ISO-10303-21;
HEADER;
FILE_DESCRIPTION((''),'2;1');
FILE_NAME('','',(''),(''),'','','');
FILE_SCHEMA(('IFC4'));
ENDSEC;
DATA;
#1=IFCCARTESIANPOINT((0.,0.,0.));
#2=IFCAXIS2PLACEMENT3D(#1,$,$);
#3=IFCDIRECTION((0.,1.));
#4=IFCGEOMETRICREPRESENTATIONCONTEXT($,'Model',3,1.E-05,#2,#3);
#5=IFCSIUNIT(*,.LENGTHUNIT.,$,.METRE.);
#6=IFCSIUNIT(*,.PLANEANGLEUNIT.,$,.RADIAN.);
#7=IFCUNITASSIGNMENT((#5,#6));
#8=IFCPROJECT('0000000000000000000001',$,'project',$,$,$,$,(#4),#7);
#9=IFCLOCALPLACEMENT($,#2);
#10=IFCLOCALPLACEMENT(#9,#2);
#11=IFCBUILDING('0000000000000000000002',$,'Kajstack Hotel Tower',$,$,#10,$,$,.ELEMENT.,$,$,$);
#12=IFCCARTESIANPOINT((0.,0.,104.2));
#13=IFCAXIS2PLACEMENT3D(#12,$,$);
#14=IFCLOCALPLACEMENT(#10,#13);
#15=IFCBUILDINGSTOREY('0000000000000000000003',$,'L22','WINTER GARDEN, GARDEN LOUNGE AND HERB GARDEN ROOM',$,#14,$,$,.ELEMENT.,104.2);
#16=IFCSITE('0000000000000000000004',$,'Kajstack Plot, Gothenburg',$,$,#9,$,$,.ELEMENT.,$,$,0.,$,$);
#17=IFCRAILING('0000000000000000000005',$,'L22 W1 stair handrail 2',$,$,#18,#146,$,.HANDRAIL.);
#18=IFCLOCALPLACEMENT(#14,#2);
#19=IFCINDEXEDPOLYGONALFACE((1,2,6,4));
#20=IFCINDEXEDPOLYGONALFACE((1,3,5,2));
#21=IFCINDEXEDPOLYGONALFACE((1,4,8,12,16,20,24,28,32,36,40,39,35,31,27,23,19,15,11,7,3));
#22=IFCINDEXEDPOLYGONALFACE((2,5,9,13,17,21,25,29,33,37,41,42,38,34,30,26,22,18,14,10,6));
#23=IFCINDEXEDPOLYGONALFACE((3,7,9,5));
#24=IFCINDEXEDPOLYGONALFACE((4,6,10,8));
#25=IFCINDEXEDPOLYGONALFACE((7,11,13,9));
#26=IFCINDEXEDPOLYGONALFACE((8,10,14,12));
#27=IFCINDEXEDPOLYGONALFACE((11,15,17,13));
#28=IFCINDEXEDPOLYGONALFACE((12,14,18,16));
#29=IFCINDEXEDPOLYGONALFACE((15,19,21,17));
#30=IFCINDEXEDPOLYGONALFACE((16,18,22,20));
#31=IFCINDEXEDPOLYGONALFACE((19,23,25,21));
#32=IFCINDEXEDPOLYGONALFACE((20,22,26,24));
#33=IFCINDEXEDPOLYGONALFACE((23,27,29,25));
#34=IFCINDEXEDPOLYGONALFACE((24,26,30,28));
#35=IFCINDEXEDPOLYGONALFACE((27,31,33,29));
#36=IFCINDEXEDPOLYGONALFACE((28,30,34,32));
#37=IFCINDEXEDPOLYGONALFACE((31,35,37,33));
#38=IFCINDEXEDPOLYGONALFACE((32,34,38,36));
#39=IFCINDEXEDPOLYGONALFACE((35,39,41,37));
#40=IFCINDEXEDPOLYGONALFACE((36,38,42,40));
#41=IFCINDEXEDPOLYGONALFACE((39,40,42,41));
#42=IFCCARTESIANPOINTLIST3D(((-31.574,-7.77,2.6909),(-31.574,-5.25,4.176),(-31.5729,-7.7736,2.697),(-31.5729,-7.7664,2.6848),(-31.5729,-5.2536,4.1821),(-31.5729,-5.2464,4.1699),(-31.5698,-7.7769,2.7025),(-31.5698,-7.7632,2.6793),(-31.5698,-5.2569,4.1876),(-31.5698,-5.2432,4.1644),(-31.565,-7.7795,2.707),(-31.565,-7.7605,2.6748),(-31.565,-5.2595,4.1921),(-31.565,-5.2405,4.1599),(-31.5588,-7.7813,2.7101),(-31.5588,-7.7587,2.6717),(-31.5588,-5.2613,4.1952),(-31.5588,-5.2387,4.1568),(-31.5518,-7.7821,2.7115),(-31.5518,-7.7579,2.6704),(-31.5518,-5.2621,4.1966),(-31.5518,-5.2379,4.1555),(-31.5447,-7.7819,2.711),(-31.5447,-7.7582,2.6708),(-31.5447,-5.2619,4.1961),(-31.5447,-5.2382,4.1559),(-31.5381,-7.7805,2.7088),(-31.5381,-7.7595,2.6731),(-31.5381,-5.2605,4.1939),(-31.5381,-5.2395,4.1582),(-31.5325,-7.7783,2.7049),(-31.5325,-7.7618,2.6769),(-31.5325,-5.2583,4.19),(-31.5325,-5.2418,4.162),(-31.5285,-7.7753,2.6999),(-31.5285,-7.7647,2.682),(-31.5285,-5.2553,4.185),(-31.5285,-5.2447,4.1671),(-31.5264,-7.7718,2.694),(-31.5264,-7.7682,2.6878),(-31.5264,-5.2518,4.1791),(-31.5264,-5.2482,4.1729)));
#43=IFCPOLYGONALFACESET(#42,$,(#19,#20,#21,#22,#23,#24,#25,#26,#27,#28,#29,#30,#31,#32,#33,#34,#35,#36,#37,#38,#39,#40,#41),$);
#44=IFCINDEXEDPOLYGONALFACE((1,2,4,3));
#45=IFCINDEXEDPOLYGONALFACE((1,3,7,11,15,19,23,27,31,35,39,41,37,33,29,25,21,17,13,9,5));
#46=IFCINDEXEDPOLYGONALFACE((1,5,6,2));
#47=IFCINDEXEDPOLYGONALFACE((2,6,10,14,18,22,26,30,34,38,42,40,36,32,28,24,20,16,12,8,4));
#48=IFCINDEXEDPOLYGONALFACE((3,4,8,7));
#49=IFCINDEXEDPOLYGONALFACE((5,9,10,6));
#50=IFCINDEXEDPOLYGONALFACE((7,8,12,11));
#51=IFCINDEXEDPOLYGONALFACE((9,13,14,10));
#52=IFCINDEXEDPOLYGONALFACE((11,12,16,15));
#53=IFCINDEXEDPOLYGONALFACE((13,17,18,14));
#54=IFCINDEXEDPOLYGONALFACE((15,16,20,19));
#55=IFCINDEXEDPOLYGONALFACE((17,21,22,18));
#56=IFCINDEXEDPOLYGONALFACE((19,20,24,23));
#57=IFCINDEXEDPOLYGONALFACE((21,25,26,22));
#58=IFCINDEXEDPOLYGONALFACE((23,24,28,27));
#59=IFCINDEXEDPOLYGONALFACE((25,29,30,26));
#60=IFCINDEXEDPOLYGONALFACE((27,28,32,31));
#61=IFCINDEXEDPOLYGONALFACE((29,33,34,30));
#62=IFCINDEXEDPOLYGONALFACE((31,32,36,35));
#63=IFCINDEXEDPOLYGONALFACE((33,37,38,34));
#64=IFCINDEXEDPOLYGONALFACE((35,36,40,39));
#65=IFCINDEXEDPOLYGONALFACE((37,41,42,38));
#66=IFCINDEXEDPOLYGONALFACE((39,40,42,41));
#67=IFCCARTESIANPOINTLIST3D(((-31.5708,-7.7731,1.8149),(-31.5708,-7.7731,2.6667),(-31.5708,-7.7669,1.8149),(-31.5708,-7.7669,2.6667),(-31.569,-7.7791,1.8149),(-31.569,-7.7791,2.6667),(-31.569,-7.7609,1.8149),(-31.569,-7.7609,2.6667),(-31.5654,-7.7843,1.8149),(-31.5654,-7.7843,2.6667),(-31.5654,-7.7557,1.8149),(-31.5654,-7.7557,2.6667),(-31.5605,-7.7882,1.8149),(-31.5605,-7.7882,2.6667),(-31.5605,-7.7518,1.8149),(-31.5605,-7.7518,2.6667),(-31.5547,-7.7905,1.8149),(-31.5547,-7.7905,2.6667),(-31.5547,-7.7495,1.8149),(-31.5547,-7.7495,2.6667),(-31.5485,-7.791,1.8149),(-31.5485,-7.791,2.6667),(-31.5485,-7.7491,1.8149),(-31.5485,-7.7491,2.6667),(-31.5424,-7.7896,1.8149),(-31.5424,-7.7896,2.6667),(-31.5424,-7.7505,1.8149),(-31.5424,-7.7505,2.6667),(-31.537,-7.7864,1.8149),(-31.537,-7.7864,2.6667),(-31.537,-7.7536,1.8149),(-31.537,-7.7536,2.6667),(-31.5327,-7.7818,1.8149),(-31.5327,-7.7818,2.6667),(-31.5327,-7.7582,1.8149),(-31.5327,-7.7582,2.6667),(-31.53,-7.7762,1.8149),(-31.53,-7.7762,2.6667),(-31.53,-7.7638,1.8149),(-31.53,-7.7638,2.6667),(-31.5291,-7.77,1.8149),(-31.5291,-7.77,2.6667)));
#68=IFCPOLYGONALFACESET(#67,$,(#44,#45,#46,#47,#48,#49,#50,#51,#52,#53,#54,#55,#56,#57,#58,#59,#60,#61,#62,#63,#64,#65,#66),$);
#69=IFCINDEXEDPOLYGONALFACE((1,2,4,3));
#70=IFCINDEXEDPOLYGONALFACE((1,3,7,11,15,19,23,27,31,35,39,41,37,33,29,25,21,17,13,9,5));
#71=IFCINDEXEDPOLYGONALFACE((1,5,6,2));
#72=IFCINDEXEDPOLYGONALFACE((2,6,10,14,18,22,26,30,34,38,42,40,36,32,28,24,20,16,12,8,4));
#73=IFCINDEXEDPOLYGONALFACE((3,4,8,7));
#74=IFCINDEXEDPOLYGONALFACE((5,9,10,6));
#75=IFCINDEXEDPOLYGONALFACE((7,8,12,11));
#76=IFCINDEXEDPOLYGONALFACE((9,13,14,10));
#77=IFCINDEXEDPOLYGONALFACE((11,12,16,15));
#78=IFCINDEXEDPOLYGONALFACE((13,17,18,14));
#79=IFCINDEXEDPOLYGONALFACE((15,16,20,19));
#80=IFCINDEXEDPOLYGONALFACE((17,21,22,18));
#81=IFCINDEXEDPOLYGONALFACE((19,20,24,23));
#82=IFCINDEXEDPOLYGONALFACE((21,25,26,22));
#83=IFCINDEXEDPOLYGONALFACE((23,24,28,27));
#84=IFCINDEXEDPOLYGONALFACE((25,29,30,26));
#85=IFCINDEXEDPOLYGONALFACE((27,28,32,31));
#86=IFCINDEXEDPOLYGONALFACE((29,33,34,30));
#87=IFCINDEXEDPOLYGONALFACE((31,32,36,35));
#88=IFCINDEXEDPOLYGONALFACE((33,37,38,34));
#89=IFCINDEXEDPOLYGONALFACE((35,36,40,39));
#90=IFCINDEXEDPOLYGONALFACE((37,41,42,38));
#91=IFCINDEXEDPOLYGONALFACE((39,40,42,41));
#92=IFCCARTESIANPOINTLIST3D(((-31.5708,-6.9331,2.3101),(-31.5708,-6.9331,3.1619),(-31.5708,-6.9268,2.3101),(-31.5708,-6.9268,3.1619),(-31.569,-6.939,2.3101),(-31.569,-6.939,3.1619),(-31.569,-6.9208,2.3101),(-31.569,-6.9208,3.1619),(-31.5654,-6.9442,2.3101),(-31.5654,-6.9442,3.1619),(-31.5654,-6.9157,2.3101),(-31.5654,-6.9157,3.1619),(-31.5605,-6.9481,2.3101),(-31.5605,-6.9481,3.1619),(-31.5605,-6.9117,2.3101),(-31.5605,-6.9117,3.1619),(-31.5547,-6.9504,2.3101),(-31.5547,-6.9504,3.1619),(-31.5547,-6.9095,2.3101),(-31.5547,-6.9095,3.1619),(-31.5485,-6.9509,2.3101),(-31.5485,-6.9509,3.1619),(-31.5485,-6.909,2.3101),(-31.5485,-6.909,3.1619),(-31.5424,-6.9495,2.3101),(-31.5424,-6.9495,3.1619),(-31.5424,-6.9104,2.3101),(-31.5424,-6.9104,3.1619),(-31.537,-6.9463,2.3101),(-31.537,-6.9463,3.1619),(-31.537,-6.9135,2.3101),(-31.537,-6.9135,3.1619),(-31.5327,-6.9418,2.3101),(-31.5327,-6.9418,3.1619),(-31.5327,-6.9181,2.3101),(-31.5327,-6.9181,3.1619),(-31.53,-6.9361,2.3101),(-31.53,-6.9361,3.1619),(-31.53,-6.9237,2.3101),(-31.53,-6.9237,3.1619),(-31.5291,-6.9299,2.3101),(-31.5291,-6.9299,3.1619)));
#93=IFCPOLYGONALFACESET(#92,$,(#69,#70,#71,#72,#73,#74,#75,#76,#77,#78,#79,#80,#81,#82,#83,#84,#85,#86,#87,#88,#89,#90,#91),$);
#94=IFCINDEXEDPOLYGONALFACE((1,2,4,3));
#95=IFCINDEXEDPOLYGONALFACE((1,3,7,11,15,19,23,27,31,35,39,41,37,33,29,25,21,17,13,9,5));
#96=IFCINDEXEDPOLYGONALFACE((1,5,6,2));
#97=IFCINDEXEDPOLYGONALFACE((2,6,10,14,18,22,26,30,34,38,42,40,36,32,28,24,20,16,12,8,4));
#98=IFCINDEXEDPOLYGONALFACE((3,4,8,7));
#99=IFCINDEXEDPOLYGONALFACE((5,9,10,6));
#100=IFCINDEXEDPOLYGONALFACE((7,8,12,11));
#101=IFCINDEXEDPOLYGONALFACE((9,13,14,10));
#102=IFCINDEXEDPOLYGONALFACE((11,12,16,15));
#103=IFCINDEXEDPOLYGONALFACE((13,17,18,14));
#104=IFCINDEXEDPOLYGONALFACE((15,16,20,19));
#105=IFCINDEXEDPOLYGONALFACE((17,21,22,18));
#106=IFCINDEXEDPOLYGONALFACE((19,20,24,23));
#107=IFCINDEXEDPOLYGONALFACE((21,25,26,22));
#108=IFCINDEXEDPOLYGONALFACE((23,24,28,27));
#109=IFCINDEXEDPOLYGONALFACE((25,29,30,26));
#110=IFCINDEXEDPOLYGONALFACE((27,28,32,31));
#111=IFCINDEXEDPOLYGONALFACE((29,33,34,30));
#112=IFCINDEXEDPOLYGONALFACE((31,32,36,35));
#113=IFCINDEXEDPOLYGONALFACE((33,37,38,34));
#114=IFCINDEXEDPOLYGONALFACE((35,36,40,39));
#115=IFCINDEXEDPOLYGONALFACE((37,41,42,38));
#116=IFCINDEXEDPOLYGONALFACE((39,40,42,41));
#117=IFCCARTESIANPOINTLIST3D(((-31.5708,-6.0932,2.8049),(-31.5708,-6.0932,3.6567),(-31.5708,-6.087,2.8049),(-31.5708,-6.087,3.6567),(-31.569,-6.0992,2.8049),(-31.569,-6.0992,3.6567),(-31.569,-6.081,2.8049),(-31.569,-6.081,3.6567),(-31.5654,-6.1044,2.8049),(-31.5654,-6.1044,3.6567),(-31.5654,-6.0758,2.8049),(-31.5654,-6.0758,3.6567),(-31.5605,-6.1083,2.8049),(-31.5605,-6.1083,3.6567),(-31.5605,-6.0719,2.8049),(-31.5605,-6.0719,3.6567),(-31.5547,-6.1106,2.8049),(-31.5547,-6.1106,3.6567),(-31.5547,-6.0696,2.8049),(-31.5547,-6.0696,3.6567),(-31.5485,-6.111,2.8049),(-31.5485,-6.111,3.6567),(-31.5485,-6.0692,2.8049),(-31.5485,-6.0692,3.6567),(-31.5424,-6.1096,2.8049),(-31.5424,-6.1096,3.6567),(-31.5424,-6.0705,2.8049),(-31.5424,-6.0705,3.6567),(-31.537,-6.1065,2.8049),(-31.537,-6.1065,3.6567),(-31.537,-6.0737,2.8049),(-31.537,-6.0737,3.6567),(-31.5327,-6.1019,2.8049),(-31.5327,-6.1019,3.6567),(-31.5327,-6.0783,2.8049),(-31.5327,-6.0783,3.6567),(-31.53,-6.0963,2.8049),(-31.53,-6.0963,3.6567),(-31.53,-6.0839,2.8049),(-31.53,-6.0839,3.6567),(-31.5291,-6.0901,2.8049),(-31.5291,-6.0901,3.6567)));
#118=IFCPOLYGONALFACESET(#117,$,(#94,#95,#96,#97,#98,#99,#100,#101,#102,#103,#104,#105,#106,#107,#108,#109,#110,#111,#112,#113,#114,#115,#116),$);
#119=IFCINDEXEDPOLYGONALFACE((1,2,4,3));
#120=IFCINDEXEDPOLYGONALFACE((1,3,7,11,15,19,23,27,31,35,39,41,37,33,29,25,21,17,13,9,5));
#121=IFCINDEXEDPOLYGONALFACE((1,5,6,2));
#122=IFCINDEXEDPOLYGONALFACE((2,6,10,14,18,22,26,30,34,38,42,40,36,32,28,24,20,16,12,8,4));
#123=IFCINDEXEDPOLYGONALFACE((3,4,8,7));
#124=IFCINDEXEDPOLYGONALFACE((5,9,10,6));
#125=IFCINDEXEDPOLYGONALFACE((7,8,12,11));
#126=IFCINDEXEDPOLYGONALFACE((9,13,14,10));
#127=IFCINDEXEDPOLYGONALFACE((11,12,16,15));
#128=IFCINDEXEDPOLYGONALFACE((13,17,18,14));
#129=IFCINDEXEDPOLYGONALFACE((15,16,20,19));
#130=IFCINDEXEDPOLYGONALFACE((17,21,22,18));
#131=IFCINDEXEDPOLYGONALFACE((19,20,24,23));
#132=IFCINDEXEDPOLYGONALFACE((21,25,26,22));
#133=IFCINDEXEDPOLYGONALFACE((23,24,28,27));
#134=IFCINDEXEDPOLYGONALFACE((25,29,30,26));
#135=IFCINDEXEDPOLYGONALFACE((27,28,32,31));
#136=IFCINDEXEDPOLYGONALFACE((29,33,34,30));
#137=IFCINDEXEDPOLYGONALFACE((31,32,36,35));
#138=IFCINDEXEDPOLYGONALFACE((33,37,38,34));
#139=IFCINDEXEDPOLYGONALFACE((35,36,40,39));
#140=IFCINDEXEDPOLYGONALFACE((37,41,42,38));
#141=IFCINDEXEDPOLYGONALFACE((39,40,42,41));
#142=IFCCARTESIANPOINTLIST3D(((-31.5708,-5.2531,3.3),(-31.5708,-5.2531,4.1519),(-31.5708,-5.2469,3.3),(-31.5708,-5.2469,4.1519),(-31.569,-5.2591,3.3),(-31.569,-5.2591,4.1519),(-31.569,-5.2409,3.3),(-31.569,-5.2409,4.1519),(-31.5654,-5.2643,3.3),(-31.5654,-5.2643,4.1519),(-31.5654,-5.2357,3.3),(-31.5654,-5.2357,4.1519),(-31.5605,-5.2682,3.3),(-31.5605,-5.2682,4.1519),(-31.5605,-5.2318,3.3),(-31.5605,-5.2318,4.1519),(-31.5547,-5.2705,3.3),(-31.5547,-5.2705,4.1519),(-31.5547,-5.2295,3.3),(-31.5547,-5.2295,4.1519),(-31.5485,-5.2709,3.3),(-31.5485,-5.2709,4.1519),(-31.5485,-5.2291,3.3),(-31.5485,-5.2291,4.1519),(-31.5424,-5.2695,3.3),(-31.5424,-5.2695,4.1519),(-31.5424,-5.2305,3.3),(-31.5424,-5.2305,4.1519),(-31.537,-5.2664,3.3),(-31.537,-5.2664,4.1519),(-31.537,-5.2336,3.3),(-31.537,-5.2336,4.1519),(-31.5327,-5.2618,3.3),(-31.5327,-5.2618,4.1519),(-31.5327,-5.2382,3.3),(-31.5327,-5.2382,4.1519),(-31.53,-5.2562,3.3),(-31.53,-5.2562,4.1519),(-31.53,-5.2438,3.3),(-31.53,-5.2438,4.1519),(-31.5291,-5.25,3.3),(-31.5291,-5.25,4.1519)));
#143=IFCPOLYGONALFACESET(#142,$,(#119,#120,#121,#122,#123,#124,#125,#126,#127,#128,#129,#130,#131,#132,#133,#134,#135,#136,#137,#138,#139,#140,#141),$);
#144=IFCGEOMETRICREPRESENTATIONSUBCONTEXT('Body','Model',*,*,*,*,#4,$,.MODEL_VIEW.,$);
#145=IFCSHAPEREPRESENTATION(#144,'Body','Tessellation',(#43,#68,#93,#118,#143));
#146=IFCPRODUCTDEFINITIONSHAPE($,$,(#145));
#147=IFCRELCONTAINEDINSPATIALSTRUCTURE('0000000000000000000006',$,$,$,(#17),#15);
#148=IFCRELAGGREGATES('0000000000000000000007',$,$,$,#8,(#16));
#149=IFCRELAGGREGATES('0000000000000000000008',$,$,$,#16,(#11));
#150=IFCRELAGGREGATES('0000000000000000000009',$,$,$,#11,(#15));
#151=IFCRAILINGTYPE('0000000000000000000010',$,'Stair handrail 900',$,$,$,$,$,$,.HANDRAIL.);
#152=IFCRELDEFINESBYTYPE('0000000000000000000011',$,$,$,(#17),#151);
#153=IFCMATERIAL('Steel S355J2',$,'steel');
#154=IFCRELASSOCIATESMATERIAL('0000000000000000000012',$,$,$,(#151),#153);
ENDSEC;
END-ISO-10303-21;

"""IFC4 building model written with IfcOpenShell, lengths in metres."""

from ifc_helpers import new_model, si_unit, direction, frame, origin, origin_2d, place, context, subcontext, project, spatial, circle, extrude, material, type_object, element, save


model = new_model("IFC4")

# Units and contexts
model_context = context("Model", 3, precision=1e-05, world=origin(), true_north=direction((0.0, 1.0)))
body_context = subcontext(model_context, "Body", "Model", "MODEL_VIEW")
ifc_project = project(units=[si_unit("LENGTHUNIT", "METRE"), si_unit("PLANEANGLEUNIT", "RADIAN")], contexts=[model_context])

# Site, building, storey
site_placement = place(None, origin())
site = spatial("IfcSite", under=ifc_project, at=site_placement, Name="Kajstack Plot, Gothenburg", CompositionType="ELEMENT", RefElevation=0.0)
building_placement = place(site_placement, origin())
building = spatial("IfcBuilding", under=site, at=building_placement, Name="Kajstack Hotel Tower", CompositionType="ELEMENT")
storey_placement = place(building_placement, frame((0.0, 0.0, 104.2)))
storey = spatial("IfcBuildingStorey", under=building, at=storey_placement, Name="L22", Description="WINTER GARDEN, GARDEN LOUNGE AND HERB GARDEN ROOM", CompositionType="ELEMENT", Elevation=104.2)

# Railing
ifc_material_1 = material(Name="Steel S355J2", Category="steel")
railing_type_1 = type_object("IfcRailingType", Name="Stair handrail 900", PredefinedType="HANDRAIL", material=ifc_material_1)
railing_1_placement = place(storey_placement, frame((-31.55, -7.77, 1.8149)))
element("IfcRailing", 1, at=railing_1_placement, inside=storey, type_object=railing_type_1, Name="L22 W1 stair handrail 2", PredefinedType="HANDRAIL", context=body_context, shape_type="SweptSolid", body=[
    extrude(circle(Radius=0.0239, at=origin_2d()), frame((0.0, 0.0, 0.876), z_axis=(0.0, 0.861524, 0.507717), x_axis=(-1.0, 0.0, 0.0)), (0.0, 0.0, 1.0), 2.925),
    extrude(circle(Radius=0.021, at=origin_2d()), origin(), (0.0, 0.0, 1.0), 0.8518),
    extrude(circle(Radius=0.021, at=origin_2d()), frame((0.0, 0.8401, 0.4951)), (0.0, 0.0, 1.0), 0.8518),
    extrude(circle(Radius=0.021, at=origin_2d()), frame((0.0, 1.6799, 0.99)), (0.0, 0.0, 1.0), 0.8518),
    extrude(circle(Radius=0.021, at=origin_2d()), frame((0.0, 2.52, 1.4851)), (0.0, 0.0, 1.0), 0.8518),
])

save(model, "model.ifc")
